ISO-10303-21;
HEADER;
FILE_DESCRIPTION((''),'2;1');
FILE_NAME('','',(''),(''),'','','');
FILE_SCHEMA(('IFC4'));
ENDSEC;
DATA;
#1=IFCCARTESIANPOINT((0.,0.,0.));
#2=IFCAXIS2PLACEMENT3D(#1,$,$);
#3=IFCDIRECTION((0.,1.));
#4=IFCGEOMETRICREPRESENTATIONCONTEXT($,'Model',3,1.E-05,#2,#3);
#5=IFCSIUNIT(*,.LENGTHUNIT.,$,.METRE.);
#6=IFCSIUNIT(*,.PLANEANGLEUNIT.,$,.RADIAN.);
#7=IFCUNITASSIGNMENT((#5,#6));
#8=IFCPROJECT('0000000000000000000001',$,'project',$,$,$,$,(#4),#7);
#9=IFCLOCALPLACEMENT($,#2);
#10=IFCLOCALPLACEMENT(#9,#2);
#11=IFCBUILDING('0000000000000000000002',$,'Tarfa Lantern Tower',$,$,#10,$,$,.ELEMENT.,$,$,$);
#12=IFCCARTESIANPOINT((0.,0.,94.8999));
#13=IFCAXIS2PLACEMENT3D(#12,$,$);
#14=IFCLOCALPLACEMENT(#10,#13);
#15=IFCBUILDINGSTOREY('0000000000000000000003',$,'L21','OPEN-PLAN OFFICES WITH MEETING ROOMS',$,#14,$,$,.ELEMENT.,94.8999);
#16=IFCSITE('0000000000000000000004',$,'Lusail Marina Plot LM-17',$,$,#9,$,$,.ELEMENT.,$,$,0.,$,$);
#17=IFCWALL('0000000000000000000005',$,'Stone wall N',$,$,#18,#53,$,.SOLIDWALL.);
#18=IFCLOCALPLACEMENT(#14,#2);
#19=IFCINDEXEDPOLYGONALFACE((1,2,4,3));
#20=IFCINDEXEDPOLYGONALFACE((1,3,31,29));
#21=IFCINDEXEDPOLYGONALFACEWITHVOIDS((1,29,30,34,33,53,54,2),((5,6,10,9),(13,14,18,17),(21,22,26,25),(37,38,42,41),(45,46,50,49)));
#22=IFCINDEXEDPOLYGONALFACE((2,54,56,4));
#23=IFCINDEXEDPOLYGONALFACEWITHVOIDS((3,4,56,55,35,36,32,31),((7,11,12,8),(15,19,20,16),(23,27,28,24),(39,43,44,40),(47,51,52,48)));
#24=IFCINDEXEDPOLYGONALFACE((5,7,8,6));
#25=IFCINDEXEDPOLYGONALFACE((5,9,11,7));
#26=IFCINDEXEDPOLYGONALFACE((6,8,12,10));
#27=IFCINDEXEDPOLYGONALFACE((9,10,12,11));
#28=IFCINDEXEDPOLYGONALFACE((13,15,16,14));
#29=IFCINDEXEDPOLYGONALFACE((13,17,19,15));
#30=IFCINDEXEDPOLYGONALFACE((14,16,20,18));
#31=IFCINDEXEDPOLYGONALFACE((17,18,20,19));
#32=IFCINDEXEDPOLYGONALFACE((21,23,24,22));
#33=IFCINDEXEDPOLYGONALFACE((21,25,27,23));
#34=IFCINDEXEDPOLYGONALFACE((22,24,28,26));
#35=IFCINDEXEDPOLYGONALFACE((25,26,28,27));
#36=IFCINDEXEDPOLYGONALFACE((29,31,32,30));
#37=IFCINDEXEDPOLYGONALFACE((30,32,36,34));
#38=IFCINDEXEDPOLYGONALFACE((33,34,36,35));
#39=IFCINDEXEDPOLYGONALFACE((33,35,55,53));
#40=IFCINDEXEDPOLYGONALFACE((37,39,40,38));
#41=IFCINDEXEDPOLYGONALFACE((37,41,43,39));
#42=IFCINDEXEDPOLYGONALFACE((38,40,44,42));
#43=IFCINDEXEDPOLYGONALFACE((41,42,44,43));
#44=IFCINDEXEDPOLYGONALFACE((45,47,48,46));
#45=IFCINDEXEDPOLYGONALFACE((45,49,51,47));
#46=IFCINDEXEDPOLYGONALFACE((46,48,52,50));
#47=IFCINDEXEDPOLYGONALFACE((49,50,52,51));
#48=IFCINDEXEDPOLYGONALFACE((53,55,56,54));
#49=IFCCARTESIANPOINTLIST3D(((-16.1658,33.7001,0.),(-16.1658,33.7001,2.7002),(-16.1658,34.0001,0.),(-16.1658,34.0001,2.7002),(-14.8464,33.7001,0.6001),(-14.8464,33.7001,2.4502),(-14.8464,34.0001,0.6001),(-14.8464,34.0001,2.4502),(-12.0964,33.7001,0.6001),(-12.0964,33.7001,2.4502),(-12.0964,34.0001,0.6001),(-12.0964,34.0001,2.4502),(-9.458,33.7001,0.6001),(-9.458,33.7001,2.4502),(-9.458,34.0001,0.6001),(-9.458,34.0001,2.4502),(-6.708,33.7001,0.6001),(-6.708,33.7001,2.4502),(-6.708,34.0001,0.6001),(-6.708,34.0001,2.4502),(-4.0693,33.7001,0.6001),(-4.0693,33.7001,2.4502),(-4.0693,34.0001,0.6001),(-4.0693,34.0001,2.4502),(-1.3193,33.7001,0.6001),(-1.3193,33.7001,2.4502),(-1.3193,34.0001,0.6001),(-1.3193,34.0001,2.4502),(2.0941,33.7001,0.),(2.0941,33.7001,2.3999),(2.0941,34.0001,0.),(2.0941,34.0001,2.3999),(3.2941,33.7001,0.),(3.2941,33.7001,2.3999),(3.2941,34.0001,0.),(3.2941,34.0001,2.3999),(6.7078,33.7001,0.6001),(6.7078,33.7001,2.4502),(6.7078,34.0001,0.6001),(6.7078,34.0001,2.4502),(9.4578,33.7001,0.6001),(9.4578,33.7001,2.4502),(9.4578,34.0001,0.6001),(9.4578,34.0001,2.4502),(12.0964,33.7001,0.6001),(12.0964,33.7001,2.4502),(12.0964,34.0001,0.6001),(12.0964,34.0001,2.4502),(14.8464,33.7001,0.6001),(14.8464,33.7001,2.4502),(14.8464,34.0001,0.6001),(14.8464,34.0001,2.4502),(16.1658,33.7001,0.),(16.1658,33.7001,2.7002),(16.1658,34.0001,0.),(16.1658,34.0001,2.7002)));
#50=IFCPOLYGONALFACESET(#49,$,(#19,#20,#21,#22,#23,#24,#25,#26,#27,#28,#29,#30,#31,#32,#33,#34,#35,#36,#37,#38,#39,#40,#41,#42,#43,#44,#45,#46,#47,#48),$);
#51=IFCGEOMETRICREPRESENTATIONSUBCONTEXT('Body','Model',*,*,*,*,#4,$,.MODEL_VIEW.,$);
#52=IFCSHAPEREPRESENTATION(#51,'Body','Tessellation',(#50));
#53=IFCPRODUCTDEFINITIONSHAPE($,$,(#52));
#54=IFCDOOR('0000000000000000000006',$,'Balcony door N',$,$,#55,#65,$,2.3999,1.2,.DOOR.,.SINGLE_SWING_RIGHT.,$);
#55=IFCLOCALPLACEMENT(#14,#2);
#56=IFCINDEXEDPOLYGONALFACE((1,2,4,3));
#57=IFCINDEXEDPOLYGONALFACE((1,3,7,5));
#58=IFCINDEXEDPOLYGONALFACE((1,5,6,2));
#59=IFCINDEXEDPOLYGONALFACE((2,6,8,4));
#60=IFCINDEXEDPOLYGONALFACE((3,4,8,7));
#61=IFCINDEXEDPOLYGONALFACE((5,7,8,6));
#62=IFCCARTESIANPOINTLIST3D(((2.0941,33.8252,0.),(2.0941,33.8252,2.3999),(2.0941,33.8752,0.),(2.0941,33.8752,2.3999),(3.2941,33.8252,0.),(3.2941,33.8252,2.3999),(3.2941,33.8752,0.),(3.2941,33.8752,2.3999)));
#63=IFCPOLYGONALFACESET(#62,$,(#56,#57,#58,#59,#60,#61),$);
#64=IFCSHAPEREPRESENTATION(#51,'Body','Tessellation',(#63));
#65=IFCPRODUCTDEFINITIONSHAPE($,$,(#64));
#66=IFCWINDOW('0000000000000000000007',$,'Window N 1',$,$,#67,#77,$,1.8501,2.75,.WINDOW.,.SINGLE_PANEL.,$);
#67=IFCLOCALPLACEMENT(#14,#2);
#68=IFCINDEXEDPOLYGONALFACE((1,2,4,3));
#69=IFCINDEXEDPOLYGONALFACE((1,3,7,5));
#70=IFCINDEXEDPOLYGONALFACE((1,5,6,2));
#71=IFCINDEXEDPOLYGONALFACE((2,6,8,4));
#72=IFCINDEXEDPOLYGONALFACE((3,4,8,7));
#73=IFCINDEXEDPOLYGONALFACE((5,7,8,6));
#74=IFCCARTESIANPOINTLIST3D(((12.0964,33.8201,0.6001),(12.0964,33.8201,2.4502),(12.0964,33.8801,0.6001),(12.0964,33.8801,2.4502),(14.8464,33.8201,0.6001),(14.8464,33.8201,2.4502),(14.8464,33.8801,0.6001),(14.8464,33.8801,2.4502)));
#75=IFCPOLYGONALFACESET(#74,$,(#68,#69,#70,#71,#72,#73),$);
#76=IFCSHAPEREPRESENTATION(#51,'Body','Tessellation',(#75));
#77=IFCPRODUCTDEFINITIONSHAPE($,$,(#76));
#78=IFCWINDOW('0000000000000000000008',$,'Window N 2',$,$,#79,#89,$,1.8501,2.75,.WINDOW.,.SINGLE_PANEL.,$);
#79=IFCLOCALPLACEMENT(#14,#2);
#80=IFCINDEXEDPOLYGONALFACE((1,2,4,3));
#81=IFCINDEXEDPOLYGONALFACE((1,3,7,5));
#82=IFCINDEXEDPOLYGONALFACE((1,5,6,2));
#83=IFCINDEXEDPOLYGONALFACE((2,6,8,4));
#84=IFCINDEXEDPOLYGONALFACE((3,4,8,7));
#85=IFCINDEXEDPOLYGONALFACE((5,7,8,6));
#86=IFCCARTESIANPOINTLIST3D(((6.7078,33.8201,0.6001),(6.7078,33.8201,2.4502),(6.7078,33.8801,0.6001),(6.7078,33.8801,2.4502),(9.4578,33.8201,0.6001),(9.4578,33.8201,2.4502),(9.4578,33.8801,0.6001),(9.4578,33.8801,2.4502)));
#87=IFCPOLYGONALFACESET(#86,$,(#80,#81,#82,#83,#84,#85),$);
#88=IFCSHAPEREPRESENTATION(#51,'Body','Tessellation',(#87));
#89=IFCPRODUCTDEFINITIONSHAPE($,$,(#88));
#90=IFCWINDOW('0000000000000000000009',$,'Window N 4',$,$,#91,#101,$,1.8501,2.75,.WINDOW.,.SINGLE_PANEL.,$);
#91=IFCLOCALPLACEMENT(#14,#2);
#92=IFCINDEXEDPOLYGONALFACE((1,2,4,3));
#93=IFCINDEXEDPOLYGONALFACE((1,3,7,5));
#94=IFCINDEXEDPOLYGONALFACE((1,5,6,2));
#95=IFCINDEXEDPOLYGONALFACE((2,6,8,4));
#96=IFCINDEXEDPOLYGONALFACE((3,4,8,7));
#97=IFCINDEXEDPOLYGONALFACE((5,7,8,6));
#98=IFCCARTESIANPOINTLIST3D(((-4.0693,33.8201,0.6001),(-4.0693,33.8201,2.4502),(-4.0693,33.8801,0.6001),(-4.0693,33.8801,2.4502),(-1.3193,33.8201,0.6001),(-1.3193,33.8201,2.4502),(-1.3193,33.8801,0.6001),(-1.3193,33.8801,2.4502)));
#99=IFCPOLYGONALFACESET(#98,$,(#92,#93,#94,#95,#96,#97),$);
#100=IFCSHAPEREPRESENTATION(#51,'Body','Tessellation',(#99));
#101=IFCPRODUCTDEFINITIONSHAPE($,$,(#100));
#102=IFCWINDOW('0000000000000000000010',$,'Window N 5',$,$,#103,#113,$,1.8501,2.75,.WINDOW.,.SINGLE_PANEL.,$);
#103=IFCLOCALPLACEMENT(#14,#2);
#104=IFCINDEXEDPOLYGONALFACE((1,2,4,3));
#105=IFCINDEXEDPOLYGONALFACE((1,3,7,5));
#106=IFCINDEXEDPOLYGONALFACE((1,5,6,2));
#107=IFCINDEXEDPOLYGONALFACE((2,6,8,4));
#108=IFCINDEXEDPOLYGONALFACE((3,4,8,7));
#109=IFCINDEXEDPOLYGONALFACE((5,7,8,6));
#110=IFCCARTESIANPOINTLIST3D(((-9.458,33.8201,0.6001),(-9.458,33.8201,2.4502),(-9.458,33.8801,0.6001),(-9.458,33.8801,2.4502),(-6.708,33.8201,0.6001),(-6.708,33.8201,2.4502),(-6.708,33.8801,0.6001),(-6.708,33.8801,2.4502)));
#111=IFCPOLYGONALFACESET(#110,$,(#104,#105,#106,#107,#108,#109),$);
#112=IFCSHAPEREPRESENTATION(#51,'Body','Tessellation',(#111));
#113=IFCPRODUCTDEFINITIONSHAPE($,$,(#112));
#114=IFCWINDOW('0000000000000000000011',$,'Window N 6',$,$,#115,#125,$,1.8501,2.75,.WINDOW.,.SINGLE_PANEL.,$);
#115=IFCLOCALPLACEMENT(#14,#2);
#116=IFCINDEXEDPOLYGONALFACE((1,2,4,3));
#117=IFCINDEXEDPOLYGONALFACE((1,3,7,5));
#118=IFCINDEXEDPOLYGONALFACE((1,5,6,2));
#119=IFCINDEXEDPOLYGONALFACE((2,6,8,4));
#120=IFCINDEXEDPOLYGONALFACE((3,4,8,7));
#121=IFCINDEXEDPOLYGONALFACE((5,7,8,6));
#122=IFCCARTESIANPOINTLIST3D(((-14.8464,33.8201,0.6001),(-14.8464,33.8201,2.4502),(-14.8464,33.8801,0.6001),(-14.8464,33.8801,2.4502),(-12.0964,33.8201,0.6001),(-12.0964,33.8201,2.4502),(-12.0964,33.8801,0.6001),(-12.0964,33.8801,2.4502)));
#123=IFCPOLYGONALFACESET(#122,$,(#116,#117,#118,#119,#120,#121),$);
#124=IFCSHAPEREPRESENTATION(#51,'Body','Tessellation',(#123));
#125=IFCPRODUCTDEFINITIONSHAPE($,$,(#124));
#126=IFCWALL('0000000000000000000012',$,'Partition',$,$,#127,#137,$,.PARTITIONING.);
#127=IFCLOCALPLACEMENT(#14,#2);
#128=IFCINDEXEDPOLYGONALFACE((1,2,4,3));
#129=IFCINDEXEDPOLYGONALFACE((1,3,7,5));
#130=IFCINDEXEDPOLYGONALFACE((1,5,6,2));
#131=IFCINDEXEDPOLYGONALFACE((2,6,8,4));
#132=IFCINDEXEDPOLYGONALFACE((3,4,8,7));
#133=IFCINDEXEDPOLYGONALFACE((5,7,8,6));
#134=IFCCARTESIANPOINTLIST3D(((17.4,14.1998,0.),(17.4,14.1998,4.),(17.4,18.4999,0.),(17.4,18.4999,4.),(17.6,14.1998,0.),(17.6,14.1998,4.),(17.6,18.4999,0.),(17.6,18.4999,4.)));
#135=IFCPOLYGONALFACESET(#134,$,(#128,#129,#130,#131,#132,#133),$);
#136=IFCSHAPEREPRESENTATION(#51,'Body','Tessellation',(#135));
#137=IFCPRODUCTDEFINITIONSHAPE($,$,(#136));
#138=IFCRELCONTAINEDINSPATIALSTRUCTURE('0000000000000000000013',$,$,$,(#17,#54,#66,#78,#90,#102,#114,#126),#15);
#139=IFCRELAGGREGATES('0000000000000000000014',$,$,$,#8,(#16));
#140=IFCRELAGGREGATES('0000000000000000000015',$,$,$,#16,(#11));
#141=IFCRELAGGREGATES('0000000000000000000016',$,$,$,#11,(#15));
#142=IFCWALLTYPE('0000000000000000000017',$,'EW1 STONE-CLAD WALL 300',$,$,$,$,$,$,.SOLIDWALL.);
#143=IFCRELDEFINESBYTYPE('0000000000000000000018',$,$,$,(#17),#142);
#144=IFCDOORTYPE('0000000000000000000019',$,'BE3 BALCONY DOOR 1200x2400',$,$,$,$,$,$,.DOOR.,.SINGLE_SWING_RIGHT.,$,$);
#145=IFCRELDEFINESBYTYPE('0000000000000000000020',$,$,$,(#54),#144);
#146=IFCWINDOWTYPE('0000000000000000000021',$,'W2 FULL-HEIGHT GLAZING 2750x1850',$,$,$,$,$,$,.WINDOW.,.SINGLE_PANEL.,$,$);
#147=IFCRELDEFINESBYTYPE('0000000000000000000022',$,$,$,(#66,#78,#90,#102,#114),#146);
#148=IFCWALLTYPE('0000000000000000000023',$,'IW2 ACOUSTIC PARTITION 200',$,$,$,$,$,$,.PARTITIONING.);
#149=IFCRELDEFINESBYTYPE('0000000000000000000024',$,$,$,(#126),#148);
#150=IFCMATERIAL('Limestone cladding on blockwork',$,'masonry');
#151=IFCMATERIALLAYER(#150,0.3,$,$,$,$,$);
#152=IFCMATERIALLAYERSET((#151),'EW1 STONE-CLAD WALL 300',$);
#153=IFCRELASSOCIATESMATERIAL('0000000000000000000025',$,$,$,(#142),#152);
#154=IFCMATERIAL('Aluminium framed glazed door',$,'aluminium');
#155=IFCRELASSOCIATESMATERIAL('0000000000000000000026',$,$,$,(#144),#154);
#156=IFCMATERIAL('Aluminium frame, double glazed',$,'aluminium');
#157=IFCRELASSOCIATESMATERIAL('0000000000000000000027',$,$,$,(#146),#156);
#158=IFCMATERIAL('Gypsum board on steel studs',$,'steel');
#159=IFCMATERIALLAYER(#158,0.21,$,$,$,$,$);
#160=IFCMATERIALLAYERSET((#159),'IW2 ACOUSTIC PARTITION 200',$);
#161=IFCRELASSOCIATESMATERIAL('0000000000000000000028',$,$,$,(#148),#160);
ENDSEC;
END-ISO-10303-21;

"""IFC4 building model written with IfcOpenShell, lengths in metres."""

from ifc_helpers import new_model, si_unit, direction, frame, frame_2d, origin, place, context, subcontext, project, spatial, rectangle, extrude, material, layer, layer_set, type_object, element, fill, save


model = new_model("IFC4")

# Units and contexts
model_context = context("Model", 3, precision=1e-05, world=origin(), true_north=direction((0.0, 1.0)))
body_context = subcontext(model_context, "Body", "Model", "MODEL_VIEW")
ifc_project = project(units=[si_unit("LENGTHUNIT", "METRE"), si_unit("PLANEANGLEUNIT", "RADIAN")], contexts=[model_context])

# Site, building, storey
site_placement = place(None, origin())
site = spatial("IfcSite", under=ifc_project, at=site_placement, Name="Lusail Marina Plot LM-17", CompositionType="ELEMENT", RefElevation=0.0)
building_placement = place(site_placement, origin())
building = spatial("IfcBuilding", under=site, at=building_placement, Name="Tarfa Lantern Tower", CompositionType="ELEMENT")
storey_placement = place(building_placement, frame((0.0, 0.0, 94.8999)))
storey = spatial("IfcBuildingStorey", under=building, at=storey_placement, Name="L21", Description="OPEN-PLAN OFFICES WITH MEETING ROOMS", CompositionType="ELEMENT", Elevation=94.8999)

# Wall, openings, door, windows
ifc_material_1 = material(Name="Limestone cladding on blockwork", Category="masonry")
ifc_layer_1 = layer(ifc_material_1, 0.3)
ifc_layer_set_1 = layer_set([ifc_layer_1], Name="EW1 STONE-CLAD WALL 300")
wall_type_1 = type_object("IfcWallType", Name="EW1 STONE-CLAD WALL 300", PredefinedType="SOLIDWALL", material=ifc_layer_set_1)
wall_1_placement = place(storey_placement, frame((16.1658, 33.8501, 0.0), z_axis=(0.0, 0.0, 1.0), x_axis=(-1.0, 0.0, 0.0)))
wall_1 = element("IfcWall", 1, at=wall_1_placement, inside=storey, type_object=wall_type_1, Name="Stone wall N", PredefinedType="SOLIDWALL", context=body_context, shape_type="SweptSolid", body=[
    extrude(rectangle(XDim=32.3315, YDim=0.3, at=frame_2d((16.1658, 0.0))), origin(), (0.0, 0.0, 1.0), 2.7002),
])
opening_1_placement = place(wall_1_placement, frame((1.3193, 0.0, 0.6001)))
opening_1 = element("IfcOpeningElement", 2, at=opening_1_placement, cuts=wall_1, PredefinedType="OPENING", context=body_context, shape_type="SweptSolid", body=[
    extrude(rectangle(XDim=2.75, YDim=1.8501, at=frame_2d((1.375, 0.925))), frame((0.0, 0.1599, 0.0), z_axis=(0.0, -1.0, 0.0), x_axis=(1.0, 0.0, 0.0)), (0.0, 0.0, 1.0), 0.3201),
])
opening_2_placement = place(wall_1_placement, frame((6.708, 0.0, 0.6001)))
opening_2 = element("IfcOpeningElement", 3, at=opening_2_placement, cuts=wall_1, PredefinedType="OPENING", context=body_context, shape_type="SweptSolid", body=[
    extrude(rectangle(XDim=2.75, YDim=1.8501, at=frame_2d((1.375, 0.925))), frame((0.0, 0.1599, 0.0), z_axis=(0.0, -1.0, 0.0), x_axis=(1.0, 0.0, 0.0)), (0.0, 0.0, 1.0), 0.3201),
])
opening_3_placement = place(wall_1_placement, frame((12.8716, 0.0, 0.0)))
opening_3 = element("IfcOpeningElement", 4, at=opening_3_placement, cuts=wall_1, PredefinedType="OPENING", context=body_context, shape_type="SweptSolid", body=[
    extrude(rectangle(XDim=1.2, YDim=2.3999, at=frame_2d((0.6001, 1.2))), frame((0.0, 0.1599, 0.0), z_axis=(0.0, -1.0, 0.0), x_axis=(1.0, 0.0, 0.0)), (0.0, 0.0, 1.0), 0.3201),
])
opening_4_placement = place(wall_1_placement, frame((17.4851, 0.0, 0.6001)))
opening_4 = element("IfcOpeningElement", 5, at=opening_4_placement, cuts=wall_1, PredefinedType="OPENING", context=body_context, shape_type="SweptSolid", body=[
    extrude(rectangle(XDim=2.75, YDim=1.8501, at=frame_2d((1.375, 0.925))), frame((0.0, 0.1599, 0.0), z_axis=(0.0, -1.0, 0.0), x_axis=(1.0, 0.0, 0.0)), (0.0, 0.0, 1.0), 0.3201),
])
opening_5_placement = place(wall_1_placement, frame((22.8738, 0.0, 0.6001)))
opening_5 = element("IfcOpeningElement", 6, at=opening_5_placement, cuts=wall_1, PredefinedType="OPENING", context=body_context, shape_type="SweptSolid", body=[
    extrude(rectangle(XDim=2.75, YDim=1.8501, at=frame_2d((1.375, 0.925))), frame((0.0, 0.1599, 0.0), z_axis=(0.0, -1.0, 0.0), x_axis=(1.0, 0.0, 0.0)), (0.0, 0.0, 1.0), 0.3201),
])
opening_6_placement = place(wall_1_placement, frame((28.2622, 0.0, 0.6001)))
opening_6 = element("IfcOpeningElement", 7, at=opening_6_placement, cuts=wall_1, PredefinedType="OPENING", context=body_context, shape_type="SweptSolid", body=[
    extrude(rectangle(XDim=2.75, YDim=1.8501, at=frame_2d((1.375, 0.925))), frame((0.0, 0.1599, 0.0), z_axis=(0.0, -1.0, 0.0), x_axis=(1.0, 0.0, 0.0)), (0.0, 0.0, 1.0), 0.3201),
])
ifc_material_2 = material(Name="Aluminium framed glazed door", Category="aluminium")
door_type = type_object("IfcDoorType", Name="BE3 BALCONY DOOR 1200x2400", OperationType="SINGLE_SWING_RIGHT", PredefinedType="DOOR", material=ifc_material_2)
door_placement = place(opening_3_placement, origin())
door = element("IfcDoor", 8, at=door_placement, inside=storey, type_object=door_type, Name="Balcony door N", OperationType="SINGLE_SWING_RIGHT", OverallHeight=2.3999, OverallWidth=1.2, PredefinedType="DOOR", context=body_context, shape_type="SweptSolid", body=[
    extrude(rectangle(XDim=1.2, YDim=2.3999, at=frame_2d((0.6001, 1.2))), frame((0.0, 0.0249, 0.0), z_axis=(0.0, -1.0, 0.0), x_axis=(1.0, 0.0, 0.0)), (0.0, 0.0, 1.0), 0.05),
])
fill(opening_3, door)
ifc_material_3 = material(Name="Aluminium frame, double glazed", Category="aluminium")
window_type = type_object("IfcWindowType", Name="W2 FULL-HEIGHT GLAZING 2750x1850", PartitioningType="SINGLE_PANEL", PredefinedType="WINDOW", material=ifc_material_3)
window_1_placement = place(opening_1_placement, origin())
window_1 = element("IfcWindow", 9, at=window_1_placement, inside=storey, type_object=window_type, Name="Window N 1", OverallHeight=1.8501, OverallWidth=2.75, PartitioningType="SINGLE_PANEL", PredefinedType="WINDOW", context=body_context, shape_type="SweptSolid", body=[
    extrude(rectangle(XDim=2.75, YDim=1.8501, at=frame_2d((1.375, 0.925))), frame((0.0, 0.03, 0.0), z_axis=(0.0, -1.0, 0.0), x_axis=(1.0, 0.0, 0.0)), (0.0, 0.0, 1.0), 0.0601),
])
fill(opening_1, window_1)
window_2_placement = place(opening_2_placement, origin())
window_2 = element("IfcWindow", 10, at=window_2_placement, inside=storey, type_object=window_type, Name="Window N 2", OverallHeight=1.8501, OverallWidth=2.75, PartitioningType="SINGLE_PANEL", PredefinedType="WINDOW", context=body_context, shape_type="SweptSolid", body=[
    extrude(rectangle(XDim=2.75, YDim=1.8501, at=frame_2d((1.375, 0.925))), frame((0.0, 0.03, 0.0), z_axis=(0.0, -1.0, 0.0), x_axis=(1.0, 0.0, 0.0)), (0.0, 0.0, 1.0), 0.0601),
])
fill(opening_2, window_2)
window_3_placement = place(opening_4_placement, origin())
window_3 = element("IfcWindow", 11, at=window_3_placement, inside=storey, type_object=window_type, Name="Window N 4", OverallHeight=1.8501, OverallWidth=2.75, PartitioningType="SINGLE_PANEL", PredefinedType="WINDOW", context=body_context, shape_type="SweptSolid", body=[
    extrude(rectangle(XDim=2.75, YDim=1.8501, at=frame_2d((1.375, 0.925))), frame((0.0, 0.03, 0.0), z_axis=(0.0, -1.0, 0.0), x_axis=(1.0, 0.0, 0.0)), (0.0, 0.0, 1.0), 0.0601),
])
fill(opening_4, window_3)
window_4_placement = place(opening_5_placement, origin())
window_4 = element("IfcWindow", 12, at=window_4_placement, inside=storey, type_object=window_type, Name="Window N 5", OverallHeight=1.8501, OverallWidth=2.75, PartitioningType="SINGLE_PANEL", PredefinedType="WINDOW", context=body_context, shape_type="SweptSolid", body=[
    extrude(rectangle(XDim=2.75, YDim=1.8501, at=frame_2d((1.375, 0.925))), frame((0.0, 0.03, 0.0), z_axis=(0.0, -1.0, 0.0), x_axis=(1.0, 0.0, 0.0)), (0.0, 0.0, 1.0), 0.0601),
])
fill(opening_5, window_4)
window_5_placement = place(opening_6_placement, origin())
window_5 = element("IfcWindow", 13, at=window_5_placement, inside=storey, type_object=window_type, Name="Window N 6", OverallHeight=1.8501, OverallWidth=2.75, PartitioningType="SINGLE_PANEL", PredefinedType="WINDOW", context=body_context, shape_type="SweptSolid", body=[
    extrude(rectangle(XDim=2.75, YDim=1.8501, at=frame_2d((1.375, 0.925))), frame((0.0, 0.03, 0.0), z_axis=(0.0, -1.0, 0.0), x_axis=(1.0, 0.0, 0.0)), (0.0, 0.0, 1.0), 0.0601),
])
fill(opening_6, window_5)

# Wall
ifc_material_4 = material(Name="Gypsum board on steel studs", Category="steel")
ifc_layer_2 = layer(ifc_material_4, 0.21)
ifc_layer_set_2 = layer_set([ifc_layer_2], Name="IW2 ACOUSTIC PARTITION 200")
wall_type_2 = type_object("IfcWallType", Name="IW2 ACOUSTIC PARTITION 200", PredefinedType="PARTITIONING", material=ifc_layer_set_2)
wall_2_placement = place(storey_placement, frame((17.5, 14.2, 0.0), z_axis=(0.0, 0.0, 1.0), x_axis=(0.0, 1.0, 0.0)))
element("IfcWall", 14, at=wall_2_placement, inside=storey, type_object=wall_type_2, Name="Partition", PredefinedType="PARTITIONING", context=body_context, shape_type="SweptSolid", body=[
    extrude(rectangle(XDim=4.3, YDim=0.2, at=frame_2d((2.1499, 0.0))), origin(), (0.0, 0.0, 1.0), 4.0),
])

save(model, "model.ifc")
